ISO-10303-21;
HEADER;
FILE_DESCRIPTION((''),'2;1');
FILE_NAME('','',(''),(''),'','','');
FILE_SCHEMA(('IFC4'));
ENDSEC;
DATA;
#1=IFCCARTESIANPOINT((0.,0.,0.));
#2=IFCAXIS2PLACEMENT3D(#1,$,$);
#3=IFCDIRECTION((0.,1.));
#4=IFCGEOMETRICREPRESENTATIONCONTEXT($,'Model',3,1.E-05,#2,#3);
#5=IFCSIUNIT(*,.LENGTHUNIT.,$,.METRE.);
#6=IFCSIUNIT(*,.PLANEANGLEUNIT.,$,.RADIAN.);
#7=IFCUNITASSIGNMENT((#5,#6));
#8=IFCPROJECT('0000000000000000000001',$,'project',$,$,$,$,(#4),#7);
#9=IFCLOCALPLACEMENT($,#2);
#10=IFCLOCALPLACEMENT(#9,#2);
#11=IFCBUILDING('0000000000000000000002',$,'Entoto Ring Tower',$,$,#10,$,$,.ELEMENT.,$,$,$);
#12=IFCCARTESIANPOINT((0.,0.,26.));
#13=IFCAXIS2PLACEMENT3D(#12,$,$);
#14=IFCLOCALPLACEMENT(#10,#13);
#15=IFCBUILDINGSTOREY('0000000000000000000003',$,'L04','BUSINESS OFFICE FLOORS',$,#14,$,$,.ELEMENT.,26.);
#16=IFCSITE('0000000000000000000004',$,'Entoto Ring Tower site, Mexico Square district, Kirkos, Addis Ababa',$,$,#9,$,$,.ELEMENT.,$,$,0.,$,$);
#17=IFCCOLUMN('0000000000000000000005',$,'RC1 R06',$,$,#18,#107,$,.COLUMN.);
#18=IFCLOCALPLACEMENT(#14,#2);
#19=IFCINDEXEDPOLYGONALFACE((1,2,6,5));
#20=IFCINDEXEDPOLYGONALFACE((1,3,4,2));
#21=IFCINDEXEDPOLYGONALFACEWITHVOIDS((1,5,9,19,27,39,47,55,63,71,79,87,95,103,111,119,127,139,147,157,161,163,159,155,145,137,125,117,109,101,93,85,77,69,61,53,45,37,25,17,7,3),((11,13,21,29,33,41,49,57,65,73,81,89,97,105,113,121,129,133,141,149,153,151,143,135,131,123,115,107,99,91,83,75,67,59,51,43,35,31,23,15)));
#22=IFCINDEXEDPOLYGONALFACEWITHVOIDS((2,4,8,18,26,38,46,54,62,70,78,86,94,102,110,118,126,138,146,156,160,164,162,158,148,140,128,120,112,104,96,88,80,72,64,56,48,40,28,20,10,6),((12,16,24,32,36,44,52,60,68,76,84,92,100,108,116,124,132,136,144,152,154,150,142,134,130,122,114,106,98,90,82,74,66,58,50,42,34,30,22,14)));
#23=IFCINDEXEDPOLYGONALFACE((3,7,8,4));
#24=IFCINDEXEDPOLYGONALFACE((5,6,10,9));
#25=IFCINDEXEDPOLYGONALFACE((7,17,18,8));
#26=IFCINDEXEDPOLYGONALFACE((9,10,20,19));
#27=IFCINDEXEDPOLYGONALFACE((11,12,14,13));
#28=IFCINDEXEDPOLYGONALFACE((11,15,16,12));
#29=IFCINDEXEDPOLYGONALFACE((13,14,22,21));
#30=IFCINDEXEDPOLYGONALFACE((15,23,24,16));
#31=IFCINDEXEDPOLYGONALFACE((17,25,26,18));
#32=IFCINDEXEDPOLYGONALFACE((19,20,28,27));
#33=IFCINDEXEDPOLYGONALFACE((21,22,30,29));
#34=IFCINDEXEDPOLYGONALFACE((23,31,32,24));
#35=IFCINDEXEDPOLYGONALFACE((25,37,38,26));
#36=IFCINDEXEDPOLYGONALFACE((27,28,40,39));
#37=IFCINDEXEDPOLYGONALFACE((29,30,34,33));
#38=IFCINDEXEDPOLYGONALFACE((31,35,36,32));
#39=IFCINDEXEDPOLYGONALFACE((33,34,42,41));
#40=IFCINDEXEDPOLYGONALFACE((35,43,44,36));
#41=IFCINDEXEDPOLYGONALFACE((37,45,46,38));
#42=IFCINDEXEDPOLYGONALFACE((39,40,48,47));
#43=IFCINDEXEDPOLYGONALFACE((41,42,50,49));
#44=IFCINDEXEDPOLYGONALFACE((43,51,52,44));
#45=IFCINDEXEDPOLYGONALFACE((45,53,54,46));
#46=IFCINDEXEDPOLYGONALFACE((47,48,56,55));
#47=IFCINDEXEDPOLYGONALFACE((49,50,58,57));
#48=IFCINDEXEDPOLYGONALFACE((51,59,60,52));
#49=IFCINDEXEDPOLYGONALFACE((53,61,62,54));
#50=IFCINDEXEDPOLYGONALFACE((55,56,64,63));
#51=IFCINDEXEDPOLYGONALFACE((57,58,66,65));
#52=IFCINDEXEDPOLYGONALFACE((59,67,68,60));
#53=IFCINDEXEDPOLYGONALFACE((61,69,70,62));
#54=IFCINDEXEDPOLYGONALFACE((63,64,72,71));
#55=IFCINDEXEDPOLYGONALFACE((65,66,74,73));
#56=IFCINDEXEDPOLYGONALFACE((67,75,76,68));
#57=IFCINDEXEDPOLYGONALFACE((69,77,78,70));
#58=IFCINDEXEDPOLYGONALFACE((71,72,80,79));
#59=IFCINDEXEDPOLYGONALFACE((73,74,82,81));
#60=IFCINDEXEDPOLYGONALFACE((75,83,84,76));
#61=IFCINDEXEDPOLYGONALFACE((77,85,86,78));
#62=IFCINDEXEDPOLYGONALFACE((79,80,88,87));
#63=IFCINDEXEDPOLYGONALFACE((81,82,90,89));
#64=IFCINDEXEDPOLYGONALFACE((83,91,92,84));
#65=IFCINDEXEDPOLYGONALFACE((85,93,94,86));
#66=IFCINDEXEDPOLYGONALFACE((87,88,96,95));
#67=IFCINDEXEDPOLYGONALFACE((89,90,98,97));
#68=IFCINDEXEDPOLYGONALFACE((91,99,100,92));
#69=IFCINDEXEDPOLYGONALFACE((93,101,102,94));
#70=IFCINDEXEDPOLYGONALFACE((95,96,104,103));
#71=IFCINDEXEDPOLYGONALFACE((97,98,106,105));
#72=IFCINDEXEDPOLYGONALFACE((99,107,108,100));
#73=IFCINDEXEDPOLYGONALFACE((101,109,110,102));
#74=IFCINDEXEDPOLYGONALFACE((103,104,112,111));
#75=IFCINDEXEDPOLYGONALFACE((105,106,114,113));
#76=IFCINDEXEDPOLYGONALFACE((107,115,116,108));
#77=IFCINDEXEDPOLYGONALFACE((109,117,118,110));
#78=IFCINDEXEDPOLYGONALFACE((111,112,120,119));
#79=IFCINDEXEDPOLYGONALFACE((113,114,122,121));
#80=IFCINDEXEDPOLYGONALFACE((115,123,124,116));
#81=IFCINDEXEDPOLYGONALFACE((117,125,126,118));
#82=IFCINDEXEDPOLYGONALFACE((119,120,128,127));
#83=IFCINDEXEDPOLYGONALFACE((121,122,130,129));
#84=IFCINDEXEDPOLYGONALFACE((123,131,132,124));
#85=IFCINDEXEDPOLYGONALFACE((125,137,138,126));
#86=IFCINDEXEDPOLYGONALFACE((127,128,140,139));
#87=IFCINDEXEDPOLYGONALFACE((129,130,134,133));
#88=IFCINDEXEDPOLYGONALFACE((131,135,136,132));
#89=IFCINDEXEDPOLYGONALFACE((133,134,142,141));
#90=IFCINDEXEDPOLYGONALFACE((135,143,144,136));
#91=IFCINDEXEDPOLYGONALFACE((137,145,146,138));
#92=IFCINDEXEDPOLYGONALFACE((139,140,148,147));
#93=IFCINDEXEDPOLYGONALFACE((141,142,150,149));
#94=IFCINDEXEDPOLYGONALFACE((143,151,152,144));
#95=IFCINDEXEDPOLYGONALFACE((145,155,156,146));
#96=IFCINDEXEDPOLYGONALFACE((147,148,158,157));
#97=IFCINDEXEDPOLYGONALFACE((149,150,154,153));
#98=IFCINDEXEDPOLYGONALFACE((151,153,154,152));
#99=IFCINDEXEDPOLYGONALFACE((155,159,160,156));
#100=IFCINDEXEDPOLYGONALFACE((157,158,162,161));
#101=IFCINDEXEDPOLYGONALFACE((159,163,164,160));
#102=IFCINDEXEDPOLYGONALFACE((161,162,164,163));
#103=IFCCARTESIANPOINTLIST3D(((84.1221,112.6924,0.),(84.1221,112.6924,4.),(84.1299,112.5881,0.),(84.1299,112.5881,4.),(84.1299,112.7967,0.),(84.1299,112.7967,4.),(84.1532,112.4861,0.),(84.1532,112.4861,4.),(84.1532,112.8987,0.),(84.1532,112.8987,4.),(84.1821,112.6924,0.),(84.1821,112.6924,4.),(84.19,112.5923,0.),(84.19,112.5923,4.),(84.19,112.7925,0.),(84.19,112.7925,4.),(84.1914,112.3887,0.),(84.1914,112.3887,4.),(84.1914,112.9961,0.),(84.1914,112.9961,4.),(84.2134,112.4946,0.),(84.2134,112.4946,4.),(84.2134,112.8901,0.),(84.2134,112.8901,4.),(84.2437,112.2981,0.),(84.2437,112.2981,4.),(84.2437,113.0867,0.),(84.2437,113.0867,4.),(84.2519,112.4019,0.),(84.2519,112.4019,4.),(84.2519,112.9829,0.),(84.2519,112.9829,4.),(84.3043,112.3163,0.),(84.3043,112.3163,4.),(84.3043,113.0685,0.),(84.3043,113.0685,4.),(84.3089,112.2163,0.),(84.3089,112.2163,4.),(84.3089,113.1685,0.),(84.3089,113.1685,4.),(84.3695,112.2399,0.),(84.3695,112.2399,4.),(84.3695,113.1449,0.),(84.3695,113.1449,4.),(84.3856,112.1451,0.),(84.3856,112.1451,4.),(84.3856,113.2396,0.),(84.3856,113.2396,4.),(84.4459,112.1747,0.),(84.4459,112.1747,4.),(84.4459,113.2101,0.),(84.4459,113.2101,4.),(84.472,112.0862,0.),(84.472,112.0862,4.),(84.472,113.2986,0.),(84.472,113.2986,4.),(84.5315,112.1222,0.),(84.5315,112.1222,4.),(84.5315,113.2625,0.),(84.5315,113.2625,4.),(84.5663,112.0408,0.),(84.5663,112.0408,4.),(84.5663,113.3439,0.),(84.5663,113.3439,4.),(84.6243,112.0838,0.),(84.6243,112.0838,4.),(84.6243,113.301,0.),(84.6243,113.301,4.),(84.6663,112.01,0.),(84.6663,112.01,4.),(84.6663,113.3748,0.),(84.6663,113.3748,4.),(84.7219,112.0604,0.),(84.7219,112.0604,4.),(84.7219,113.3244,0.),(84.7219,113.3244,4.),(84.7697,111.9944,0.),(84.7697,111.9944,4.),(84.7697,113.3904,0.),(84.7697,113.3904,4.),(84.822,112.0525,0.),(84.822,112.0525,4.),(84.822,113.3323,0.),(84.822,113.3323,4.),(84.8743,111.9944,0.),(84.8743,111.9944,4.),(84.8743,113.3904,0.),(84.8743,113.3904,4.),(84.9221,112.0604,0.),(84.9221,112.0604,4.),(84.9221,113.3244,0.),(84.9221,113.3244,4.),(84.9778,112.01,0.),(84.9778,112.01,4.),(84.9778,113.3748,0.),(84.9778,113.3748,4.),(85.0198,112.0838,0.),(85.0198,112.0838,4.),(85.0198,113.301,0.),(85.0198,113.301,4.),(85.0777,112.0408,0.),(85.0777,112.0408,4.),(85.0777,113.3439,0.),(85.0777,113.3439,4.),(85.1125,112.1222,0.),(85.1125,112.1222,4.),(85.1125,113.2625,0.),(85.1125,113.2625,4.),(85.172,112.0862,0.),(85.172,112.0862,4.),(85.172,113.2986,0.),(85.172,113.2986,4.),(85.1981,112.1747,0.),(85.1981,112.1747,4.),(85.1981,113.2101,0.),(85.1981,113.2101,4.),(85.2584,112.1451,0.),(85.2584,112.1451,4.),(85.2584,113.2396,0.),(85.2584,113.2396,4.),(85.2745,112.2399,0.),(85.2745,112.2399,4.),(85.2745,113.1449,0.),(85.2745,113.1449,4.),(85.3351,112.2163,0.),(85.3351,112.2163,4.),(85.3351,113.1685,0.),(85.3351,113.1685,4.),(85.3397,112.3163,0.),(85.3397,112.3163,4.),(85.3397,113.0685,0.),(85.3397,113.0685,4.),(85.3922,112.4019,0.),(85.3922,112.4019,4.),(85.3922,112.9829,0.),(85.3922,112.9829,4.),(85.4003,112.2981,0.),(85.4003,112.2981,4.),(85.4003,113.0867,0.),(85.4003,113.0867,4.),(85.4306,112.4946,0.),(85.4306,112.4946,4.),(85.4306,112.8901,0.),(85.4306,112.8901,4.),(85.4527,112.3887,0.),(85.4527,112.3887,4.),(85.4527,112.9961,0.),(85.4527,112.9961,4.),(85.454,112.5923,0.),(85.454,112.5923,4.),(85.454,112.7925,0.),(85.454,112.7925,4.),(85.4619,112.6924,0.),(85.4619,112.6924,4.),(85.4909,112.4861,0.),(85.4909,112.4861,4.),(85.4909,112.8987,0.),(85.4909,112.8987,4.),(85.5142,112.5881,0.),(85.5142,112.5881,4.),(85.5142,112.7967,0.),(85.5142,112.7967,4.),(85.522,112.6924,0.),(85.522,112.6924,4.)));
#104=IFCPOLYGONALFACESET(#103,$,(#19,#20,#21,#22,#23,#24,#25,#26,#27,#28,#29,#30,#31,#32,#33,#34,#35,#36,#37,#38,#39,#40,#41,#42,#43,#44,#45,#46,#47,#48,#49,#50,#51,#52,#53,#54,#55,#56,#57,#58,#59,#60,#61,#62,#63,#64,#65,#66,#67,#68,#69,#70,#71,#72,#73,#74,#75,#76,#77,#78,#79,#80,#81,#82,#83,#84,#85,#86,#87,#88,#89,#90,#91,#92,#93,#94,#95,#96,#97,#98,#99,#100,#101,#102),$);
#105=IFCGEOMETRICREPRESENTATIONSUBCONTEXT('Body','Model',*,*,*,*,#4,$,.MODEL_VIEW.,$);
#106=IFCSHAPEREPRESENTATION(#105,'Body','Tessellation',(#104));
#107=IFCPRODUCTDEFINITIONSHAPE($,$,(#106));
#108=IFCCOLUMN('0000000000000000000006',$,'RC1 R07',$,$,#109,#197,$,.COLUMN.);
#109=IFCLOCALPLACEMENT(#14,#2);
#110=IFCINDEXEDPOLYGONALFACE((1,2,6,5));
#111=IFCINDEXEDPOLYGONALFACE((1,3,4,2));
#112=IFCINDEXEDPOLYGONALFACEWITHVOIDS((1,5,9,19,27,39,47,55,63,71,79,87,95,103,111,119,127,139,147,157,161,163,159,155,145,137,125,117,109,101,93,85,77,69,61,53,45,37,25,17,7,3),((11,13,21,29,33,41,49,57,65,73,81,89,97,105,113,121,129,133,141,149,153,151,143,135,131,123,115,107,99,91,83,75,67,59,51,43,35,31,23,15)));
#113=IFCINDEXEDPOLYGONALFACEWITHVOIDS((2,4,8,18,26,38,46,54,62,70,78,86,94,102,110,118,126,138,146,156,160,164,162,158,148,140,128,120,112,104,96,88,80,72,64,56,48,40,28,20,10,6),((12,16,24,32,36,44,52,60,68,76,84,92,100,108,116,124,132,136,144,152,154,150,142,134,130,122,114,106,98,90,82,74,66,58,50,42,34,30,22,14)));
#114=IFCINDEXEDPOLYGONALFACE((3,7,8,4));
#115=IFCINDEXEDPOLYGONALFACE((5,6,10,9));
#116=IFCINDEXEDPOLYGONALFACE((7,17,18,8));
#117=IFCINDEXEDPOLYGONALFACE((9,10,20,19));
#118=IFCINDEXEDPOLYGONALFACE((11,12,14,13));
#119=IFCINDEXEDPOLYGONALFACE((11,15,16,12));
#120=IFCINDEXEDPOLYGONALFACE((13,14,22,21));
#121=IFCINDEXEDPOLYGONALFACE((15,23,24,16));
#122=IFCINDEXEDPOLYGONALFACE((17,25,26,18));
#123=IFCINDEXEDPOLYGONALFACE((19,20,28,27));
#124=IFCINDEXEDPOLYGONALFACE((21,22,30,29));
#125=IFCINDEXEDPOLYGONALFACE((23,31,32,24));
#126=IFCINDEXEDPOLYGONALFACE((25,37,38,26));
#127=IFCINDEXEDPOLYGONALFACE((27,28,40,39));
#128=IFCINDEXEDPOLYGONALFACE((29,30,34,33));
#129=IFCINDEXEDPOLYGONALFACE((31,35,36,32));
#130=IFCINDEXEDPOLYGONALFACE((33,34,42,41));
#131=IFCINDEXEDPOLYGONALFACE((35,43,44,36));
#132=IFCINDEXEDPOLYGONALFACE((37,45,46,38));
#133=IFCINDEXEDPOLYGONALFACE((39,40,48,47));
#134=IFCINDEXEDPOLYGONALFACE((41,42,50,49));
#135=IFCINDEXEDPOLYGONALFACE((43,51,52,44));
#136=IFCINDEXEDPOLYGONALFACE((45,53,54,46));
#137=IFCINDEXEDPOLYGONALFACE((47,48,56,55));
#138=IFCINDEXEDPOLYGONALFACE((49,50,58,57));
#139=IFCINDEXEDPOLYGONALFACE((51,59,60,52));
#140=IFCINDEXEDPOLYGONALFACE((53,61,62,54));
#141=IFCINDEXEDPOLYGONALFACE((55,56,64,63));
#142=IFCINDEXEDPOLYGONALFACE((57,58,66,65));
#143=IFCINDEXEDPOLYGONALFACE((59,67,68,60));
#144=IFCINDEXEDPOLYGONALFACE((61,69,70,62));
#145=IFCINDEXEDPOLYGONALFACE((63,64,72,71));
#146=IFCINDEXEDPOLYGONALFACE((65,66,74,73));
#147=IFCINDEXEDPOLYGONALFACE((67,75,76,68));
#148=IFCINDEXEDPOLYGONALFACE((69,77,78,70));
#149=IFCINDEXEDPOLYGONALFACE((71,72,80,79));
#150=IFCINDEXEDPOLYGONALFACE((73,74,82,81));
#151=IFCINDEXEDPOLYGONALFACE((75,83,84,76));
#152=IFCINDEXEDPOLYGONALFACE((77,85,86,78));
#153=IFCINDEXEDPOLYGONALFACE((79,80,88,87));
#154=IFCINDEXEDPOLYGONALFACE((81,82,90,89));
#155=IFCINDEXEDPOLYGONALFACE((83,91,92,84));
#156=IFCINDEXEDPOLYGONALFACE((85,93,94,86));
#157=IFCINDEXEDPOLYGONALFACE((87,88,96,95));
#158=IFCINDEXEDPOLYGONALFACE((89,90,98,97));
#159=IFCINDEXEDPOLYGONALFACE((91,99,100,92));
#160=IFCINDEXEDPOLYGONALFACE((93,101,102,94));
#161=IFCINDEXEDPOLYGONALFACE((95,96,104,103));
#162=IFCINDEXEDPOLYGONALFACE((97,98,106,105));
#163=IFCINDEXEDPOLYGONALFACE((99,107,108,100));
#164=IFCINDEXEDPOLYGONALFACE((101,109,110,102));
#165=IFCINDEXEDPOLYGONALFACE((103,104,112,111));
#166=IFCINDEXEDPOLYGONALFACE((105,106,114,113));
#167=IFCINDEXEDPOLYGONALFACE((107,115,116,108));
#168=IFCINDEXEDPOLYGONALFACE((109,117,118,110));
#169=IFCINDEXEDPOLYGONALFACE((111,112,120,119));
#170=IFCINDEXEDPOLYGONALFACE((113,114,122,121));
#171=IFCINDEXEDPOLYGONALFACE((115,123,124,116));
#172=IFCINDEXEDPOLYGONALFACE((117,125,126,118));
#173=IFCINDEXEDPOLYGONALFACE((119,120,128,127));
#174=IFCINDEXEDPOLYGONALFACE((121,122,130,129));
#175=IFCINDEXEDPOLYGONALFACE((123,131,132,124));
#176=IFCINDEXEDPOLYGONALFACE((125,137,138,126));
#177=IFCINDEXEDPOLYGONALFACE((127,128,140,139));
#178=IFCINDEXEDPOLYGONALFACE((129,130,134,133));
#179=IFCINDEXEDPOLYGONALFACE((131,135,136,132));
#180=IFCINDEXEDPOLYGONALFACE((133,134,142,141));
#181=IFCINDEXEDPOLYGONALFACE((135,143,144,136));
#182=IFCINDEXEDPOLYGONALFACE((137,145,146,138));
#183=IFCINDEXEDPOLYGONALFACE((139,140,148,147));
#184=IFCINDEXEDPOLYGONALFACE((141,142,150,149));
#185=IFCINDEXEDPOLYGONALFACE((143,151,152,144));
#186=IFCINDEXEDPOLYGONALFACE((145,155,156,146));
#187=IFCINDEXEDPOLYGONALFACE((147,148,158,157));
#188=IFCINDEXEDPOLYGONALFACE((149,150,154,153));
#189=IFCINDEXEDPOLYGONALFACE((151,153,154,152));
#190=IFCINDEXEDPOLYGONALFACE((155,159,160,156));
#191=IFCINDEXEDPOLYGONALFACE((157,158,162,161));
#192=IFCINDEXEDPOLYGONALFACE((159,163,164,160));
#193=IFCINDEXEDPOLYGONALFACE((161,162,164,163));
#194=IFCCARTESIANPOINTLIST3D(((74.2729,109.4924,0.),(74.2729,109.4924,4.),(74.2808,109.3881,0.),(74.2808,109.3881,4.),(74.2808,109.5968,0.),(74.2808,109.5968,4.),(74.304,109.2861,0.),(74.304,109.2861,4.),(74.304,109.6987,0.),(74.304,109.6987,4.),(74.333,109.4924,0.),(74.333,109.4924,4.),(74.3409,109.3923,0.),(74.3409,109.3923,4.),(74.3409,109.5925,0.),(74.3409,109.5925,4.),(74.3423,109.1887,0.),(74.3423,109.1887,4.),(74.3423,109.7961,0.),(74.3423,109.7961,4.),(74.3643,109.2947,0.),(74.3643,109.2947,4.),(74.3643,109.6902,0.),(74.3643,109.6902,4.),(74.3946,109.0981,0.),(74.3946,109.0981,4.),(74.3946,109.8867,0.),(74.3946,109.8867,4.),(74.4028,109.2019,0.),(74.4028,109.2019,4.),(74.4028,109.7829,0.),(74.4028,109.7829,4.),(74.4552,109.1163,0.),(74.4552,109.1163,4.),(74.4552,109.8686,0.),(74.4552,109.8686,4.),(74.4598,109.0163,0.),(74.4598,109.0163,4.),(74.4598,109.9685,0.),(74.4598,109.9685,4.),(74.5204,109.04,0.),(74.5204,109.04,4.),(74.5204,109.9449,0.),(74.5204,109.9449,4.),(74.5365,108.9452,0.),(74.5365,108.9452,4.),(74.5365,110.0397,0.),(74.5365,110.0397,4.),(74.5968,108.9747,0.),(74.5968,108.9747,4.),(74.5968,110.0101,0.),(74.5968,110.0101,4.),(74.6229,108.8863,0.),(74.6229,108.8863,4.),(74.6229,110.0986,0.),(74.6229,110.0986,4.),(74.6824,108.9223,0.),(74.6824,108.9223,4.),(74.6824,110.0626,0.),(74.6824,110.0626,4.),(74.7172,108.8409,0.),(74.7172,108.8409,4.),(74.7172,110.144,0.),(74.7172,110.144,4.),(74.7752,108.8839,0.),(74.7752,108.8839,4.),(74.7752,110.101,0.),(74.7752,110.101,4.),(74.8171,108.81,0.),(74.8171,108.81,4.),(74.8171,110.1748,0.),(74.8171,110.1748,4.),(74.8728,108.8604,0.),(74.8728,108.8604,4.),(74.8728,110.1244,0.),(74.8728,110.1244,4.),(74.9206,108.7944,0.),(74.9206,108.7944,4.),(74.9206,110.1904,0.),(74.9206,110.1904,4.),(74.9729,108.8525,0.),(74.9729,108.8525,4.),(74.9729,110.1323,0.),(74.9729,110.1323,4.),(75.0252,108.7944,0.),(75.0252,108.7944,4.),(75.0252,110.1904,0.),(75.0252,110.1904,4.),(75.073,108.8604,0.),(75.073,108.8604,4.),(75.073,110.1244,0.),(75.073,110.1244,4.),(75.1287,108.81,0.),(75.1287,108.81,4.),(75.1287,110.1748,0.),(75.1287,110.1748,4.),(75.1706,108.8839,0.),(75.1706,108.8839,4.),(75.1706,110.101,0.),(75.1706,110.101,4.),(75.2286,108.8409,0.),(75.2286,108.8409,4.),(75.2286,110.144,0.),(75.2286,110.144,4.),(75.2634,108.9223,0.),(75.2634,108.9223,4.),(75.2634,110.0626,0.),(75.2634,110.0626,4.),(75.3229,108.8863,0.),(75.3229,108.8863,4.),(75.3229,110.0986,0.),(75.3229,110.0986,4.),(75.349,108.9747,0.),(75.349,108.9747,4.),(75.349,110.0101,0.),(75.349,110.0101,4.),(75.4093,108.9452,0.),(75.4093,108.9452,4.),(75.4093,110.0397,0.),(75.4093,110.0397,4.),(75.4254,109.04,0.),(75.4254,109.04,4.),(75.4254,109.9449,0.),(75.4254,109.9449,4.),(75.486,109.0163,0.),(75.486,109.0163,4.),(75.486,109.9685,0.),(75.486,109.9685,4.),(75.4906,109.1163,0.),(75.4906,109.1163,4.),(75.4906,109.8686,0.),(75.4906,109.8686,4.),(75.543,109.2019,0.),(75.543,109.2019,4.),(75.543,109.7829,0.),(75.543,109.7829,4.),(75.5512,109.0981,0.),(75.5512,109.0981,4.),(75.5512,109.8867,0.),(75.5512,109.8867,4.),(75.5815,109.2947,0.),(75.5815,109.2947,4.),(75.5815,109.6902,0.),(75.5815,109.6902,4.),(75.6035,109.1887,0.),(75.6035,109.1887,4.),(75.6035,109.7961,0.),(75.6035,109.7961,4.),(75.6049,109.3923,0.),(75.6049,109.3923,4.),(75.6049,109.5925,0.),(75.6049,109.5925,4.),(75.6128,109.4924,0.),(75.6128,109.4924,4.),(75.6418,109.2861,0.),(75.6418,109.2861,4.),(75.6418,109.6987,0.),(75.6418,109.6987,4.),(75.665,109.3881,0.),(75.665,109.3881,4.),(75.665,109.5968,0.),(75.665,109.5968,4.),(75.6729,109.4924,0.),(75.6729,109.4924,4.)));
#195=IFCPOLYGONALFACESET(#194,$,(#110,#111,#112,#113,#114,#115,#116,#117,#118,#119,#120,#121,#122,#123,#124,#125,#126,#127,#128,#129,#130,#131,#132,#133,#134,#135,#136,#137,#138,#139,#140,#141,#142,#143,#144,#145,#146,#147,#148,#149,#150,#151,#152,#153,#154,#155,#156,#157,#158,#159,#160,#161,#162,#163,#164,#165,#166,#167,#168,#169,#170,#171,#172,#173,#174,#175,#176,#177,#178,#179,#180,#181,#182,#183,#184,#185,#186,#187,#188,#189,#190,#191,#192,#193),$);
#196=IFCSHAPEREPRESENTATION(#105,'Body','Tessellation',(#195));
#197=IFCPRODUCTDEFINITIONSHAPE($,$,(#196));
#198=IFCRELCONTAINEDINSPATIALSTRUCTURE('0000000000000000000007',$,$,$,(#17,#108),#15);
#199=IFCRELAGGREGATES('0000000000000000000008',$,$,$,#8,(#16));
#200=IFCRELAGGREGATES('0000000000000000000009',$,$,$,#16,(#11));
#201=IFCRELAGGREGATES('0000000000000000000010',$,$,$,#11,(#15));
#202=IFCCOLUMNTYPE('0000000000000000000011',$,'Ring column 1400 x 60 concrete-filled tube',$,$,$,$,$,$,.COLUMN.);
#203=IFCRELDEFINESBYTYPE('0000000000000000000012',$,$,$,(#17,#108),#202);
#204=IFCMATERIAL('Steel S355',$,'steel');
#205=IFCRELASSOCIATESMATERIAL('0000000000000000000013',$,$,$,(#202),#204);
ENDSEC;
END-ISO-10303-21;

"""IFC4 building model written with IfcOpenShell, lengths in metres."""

from ifc_helpers import new_model, si_unit, direction, frame, origin, origin_2d, place, context, subcontext, project, spatial, circle, hollow_circle, extrude, material, material_profile, profile_set, type_object, element, save


model = new_model("IFC4")

# Units and contexts
model_context = context("Model", 3, precision=1e-05, world=origin(), true_north=direction((0.0, 1.0)))
body_context = subcontext(model_context, "Body", "Model", "MODEL_VIEW")
ifc_project = project(units=[si_unit("LENGTHUNIT", "METRE"), si_unit("PLANEANGLEUNIT", "RADIAN")], contexts=[model_context])

# Site, building, storey
site_placement = place(None, origin())
site = spatial("IfcSite", under=ifc_project, at=site_placement, Name="Entoto Ring Tower site, Mexico Square district, Kirkos, Addis Ababa", CompositionType="ELEMENT", RefElevation=0.0)
building_placement = place(site_placement, origin())
building = spatial("IfcBuilding", under=site, at=building_placement, Name="Entoto Ring Tower", CompositionType="ELEMENT")
storey_placement = place(building_placement, frame((0.0, 0.0, 26.0)))
storey = spatial("IfcBuildingStorey", under=building, at=storey_placement, Name="L04", Description="BUSINESS OFFICE FLOORS", CompositionType="ELEMENT", Elevation=26.0)

# Columns
ifc_material_1 = material(Name="Steel S355", Category="steel")
ifc_material_profile_1 = material_profile(ifc_material_1, hollow_circle(Radius=0.7, WallThickness=0.0601, at=origin_2d()), Name="CHS 1400 x 60")
ifc_material_2 = material(Name="Concrete C60/75", Category="concrete")
ifc_material_profile_2 = material_profile(ifc_material_2, circle(Radius=0.6399, at=origin_2d()), Name="Concrete C60/75 infill")
ifc_profile_set_1 = profile_set([ifc_material_profile_1, ifc_material_profile_2], Name="Steel S355")
column_type = type_object("IfcColumnType", Name="Ring column 1400 x 60 concrete-filled tube", PredefinedType="COLUMN", material=ifc_profile_set_1)
for number, where, z_axis, x_axis, name in (
    (1, (84.822, 112.6924, 0.0), (0.0, 0.0, 1.0), (1.0, 0.0, 0.0), "RC1 R06"),
    (2, (74.9729, 109.4924, 0.0), (0.0, 0.0, 1.0), (1.0, 0.0, 0.0), "RC1 R07"),
):
    element("IfcColumn", number, at=place(storey_placement, frame(where, z_axis=z_axis, x_axis=x_axis)), inside=storey, type_object=column_type, Name=name, PredefinedType="COLUMN", context=body_context, shape_type="SweptSolid", body=[
        extrude(hollow_circle(Radius=0.7, WallThickness=0.0601, at=origin_2d()), origin(), (0.0, 0.0, 1.0), 4.0),
    ])

save(model, "model.ifc")
